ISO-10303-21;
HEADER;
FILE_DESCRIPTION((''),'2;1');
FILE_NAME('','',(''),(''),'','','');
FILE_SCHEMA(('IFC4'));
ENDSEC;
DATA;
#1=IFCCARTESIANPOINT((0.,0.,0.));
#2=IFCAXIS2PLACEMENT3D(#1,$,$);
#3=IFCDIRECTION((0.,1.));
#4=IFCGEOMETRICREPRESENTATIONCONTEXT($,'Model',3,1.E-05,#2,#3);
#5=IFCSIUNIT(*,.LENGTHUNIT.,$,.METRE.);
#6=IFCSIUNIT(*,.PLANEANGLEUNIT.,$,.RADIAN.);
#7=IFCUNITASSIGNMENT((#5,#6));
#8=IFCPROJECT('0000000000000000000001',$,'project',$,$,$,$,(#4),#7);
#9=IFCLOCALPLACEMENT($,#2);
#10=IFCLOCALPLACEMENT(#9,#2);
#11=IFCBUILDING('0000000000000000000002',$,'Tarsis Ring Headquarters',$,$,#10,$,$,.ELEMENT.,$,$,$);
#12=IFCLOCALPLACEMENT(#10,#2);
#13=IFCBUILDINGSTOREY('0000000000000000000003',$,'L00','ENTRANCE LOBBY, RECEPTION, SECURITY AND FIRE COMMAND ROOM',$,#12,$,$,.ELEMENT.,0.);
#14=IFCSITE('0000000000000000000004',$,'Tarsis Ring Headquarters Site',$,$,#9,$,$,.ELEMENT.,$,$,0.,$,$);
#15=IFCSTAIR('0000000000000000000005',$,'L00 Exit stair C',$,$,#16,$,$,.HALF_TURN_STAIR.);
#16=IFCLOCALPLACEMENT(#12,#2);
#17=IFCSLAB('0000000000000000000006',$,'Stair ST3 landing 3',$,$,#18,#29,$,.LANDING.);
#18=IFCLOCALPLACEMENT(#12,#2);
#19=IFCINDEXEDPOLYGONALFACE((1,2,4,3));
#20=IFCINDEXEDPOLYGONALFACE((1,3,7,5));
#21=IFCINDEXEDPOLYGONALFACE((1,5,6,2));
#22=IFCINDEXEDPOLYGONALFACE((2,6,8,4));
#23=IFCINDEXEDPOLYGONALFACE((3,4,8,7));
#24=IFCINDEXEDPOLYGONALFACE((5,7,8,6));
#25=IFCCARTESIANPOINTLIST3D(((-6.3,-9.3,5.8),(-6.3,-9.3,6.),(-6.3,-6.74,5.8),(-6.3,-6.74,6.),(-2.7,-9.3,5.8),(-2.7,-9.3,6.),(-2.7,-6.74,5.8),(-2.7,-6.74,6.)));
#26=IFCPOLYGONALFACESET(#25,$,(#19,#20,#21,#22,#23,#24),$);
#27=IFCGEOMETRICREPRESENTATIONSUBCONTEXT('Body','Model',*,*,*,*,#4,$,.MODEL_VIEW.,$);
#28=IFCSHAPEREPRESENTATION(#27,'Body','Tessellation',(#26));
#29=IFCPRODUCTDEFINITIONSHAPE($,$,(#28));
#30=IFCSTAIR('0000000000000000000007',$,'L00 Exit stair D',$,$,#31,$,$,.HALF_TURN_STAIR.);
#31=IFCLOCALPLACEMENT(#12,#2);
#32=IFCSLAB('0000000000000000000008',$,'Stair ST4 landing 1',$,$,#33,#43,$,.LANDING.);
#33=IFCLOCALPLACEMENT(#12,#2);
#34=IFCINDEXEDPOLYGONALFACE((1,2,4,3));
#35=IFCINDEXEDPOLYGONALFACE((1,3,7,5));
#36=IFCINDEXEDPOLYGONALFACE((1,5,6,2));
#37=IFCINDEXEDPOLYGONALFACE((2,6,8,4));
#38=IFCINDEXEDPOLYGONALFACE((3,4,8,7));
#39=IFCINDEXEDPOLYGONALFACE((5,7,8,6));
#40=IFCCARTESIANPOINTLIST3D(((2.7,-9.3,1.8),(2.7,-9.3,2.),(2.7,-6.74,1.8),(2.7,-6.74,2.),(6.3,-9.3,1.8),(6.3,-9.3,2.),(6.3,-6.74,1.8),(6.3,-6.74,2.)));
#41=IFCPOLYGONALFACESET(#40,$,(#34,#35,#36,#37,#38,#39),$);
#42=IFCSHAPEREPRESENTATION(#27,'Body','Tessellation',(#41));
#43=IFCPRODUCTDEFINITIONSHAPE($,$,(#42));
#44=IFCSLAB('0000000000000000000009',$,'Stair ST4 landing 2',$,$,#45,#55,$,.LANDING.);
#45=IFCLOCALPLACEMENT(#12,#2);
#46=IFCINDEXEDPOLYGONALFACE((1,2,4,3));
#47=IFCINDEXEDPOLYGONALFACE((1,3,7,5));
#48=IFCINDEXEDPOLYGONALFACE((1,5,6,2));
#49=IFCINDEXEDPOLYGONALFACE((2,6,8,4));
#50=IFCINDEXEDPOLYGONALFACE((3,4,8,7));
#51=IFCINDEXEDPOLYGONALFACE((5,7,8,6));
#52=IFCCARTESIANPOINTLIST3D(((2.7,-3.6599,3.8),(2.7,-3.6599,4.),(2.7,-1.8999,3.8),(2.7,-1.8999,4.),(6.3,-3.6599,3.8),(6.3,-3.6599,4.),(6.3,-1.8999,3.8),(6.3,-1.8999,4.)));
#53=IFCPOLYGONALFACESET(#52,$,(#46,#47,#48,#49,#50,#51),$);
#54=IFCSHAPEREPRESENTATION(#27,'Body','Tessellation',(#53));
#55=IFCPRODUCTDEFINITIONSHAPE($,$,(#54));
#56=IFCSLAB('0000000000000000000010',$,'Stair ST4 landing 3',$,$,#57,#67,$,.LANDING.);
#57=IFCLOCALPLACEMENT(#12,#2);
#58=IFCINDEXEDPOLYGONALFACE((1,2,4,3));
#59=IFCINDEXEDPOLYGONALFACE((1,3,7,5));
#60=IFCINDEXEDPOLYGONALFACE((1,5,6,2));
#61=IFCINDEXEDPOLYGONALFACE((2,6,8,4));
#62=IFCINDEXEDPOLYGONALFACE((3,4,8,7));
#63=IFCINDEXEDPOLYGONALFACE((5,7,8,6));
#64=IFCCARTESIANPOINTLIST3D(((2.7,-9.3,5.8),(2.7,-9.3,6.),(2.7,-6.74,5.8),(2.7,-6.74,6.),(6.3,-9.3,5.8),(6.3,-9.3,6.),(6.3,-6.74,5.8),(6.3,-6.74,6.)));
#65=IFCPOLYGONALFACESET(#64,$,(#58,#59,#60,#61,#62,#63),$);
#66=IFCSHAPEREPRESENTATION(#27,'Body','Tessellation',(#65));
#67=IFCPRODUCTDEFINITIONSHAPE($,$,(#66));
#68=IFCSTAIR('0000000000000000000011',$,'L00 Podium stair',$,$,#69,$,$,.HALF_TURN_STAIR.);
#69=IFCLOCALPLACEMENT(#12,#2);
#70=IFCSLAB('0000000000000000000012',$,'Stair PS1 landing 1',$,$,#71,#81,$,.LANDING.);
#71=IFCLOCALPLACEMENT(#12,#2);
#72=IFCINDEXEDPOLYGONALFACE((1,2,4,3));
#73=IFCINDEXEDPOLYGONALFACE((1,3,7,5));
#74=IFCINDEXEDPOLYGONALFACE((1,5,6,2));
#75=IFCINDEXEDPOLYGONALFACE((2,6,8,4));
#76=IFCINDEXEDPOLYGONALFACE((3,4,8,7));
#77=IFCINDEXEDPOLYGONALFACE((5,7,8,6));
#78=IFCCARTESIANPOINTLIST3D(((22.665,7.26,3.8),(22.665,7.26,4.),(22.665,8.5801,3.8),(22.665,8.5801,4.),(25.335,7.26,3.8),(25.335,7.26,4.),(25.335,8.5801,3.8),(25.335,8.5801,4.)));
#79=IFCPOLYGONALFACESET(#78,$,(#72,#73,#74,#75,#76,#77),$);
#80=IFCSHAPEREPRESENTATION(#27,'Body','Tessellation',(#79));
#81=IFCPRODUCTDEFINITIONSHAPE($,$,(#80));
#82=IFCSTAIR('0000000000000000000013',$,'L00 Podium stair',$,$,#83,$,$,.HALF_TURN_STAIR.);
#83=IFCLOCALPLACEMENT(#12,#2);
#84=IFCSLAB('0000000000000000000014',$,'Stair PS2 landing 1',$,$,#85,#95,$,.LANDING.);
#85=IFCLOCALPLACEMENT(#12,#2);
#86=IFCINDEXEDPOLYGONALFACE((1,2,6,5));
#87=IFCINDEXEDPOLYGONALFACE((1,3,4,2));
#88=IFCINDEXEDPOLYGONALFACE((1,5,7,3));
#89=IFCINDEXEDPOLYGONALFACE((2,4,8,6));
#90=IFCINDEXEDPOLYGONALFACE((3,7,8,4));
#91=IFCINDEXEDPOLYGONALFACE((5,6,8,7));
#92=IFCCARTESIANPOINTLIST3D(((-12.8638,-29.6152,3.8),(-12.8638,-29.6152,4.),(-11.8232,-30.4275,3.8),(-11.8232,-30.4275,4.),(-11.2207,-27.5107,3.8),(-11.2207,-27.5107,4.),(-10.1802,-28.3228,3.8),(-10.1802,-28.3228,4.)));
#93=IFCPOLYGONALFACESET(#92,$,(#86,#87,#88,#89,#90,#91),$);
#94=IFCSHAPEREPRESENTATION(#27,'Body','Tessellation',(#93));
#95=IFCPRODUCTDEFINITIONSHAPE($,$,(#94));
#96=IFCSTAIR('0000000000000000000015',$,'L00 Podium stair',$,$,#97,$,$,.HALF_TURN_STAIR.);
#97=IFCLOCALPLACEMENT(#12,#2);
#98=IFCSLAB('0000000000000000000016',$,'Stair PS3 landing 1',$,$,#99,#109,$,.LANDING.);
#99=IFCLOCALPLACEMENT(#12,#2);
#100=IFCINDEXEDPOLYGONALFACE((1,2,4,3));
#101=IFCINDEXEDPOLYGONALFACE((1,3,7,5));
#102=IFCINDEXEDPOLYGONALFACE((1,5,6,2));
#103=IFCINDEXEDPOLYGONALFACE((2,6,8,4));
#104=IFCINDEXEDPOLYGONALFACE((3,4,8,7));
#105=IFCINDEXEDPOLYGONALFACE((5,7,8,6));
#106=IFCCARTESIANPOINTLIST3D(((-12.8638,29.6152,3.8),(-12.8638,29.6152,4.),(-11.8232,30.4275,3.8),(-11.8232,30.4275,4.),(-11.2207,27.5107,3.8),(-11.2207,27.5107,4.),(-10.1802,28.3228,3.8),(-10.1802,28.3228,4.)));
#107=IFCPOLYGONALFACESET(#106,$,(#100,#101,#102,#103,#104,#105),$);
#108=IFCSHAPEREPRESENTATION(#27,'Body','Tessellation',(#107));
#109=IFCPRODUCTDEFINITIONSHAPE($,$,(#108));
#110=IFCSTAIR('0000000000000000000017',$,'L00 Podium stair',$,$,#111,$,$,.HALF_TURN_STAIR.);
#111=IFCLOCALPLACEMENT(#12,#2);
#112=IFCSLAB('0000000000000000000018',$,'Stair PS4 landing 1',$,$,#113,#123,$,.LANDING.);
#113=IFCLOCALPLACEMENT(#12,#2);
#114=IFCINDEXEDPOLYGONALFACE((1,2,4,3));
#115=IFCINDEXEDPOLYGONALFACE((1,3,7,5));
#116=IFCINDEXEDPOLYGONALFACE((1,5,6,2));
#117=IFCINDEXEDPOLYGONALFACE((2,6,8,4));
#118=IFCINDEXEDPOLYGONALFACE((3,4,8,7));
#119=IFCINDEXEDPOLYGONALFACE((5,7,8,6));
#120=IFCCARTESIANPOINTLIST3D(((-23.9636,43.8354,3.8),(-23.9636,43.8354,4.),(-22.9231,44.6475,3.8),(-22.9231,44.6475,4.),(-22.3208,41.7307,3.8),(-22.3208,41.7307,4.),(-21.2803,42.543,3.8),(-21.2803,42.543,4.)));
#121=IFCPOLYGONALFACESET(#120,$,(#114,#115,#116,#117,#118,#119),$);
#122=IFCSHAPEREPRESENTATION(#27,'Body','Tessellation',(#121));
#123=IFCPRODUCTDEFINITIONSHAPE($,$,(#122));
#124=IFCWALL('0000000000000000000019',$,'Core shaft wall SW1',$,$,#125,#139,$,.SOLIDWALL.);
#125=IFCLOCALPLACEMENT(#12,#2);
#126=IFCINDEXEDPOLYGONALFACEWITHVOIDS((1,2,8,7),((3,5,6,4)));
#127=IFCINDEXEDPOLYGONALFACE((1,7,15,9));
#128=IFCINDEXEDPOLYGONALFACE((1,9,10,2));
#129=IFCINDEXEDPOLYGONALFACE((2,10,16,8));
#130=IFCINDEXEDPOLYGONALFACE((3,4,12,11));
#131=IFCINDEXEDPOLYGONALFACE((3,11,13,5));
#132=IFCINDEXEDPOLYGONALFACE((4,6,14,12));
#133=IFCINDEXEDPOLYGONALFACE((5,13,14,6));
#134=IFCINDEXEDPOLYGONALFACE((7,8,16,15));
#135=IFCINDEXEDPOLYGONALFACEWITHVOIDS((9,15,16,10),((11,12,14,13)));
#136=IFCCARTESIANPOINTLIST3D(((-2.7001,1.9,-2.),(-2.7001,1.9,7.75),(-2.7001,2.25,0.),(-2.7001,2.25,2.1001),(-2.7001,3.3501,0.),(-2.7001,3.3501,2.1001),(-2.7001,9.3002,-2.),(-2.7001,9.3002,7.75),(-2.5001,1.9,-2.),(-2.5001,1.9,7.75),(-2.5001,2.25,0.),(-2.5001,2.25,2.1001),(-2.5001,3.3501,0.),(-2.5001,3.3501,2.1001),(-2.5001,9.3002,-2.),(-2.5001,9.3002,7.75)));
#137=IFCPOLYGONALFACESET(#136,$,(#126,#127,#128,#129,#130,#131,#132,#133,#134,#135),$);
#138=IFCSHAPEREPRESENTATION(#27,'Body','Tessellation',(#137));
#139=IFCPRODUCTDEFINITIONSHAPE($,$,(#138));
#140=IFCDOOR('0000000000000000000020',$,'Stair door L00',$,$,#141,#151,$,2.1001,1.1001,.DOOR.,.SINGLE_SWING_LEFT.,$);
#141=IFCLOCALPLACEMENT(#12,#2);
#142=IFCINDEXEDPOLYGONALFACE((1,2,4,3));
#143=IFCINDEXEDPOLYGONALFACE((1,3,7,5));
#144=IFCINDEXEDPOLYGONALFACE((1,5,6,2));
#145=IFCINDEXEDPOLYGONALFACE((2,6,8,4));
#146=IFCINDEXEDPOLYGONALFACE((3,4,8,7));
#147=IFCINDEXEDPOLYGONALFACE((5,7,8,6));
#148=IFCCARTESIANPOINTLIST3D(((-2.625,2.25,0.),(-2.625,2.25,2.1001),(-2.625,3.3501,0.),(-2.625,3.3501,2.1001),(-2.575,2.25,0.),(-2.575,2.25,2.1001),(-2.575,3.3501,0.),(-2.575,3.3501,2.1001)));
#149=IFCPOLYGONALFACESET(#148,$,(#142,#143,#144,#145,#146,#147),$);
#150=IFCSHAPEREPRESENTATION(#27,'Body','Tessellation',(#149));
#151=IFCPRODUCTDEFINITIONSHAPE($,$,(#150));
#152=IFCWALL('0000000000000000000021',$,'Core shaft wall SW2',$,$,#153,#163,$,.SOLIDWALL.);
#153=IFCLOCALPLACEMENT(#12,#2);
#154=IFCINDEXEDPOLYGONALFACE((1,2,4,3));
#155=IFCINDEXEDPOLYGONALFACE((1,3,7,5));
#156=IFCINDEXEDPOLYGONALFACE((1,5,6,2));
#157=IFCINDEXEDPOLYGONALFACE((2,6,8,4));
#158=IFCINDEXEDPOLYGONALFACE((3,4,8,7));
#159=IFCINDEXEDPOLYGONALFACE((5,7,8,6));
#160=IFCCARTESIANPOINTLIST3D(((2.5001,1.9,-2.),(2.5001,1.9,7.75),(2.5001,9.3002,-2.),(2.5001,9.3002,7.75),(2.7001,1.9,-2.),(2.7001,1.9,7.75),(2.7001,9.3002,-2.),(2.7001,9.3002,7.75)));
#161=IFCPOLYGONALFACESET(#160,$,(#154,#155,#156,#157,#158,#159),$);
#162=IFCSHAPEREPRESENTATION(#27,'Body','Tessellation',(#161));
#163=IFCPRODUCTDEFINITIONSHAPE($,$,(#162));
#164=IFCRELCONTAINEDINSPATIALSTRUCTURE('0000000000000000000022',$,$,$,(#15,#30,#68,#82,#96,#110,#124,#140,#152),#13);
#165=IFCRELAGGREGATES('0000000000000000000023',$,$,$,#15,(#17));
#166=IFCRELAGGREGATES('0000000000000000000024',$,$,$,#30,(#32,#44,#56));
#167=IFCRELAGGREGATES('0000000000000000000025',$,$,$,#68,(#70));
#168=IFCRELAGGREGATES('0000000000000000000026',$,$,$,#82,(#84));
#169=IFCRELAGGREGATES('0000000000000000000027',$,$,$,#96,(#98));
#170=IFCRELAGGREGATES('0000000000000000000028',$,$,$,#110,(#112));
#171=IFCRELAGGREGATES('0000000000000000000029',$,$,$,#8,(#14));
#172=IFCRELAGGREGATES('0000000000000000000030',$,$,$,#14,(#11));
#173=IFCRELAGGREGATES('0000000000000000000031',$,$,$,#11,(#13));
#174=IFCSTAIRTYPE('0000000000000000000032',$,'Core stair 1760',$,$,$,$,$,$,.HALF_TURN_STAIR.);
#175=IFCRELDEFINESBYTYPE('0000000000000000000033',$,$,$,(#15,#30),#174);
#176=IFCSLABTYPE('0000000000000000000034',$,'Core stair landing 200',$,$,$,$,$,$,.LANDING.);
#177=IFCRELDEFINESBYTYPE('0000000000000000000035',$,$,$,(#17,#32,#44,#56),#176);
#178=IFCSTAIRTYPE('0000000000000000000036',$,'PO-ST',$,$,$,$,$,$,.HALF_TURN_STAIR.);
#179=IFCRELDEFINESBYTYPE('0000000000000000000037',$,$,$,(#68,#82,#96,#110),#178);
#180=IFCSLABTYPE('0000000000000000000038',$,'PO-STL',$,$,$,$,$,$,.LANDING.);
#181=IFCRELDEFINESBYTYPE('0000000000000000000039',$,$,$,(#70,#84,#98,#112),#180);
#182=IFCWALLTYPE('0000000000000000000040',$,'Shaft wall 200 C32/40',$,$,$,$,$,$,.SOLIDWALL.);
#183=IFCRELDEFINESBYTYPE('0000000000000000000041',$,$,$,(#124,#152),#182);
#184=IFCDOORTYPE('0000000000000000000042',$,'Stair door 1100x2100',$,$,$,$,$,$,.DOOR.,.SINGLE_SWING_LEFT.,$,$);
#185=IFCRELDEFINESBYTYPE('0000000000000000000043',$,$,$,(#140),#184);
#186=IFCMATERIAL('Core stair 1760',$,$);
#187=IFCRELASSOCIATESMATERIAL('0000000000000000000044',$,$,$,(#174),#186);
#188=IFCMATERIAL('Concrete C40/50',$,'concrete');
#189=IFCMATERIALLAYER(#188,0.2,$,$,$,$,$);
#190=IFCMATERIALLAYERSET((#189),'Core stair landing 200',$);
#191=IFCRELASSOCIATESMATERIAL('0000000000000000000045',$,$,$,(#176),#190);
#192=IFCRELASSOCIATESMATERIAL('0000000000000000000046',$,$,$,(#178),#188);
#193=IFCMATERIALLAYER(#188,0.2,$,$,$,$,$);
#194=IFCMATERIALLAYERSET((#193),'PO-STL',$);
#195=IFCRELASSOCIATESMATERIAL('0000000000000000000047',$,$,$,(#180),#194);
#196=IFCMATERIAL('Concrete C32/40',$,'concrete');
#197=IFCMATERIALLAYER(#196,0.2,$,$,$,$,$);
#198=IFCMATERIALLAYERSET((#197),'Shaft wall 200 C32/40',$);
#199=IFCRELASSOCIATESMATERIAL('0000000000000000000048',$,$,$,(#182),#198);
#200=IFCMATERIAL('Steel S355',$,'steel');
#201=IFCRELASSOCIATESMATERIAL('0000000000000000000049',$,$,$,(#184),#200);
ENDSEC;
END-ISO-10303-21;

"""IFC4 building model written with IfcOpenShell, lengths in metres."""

from ifc_helpers import new_model, si_unit, direction, frame, frame_2d, origin, place, context, subcontext, project, spatial, polyline, rectangle, outline, extrude, material, layer, layer_set, type_object, element, fill, aggregate, save


model = new_model("IFC4")

# Units and contexts
model_context = context("Model", 3, precision=1e-05, world=origin(), true_north=direction((0.0, 1.0)))
body_context = subcontext(model_context, "Body", "Model", "MODEL_VIEW")
ifc_project = project(units=[si_unit("LENGTHUNIT", "METRE"), si_unit("PLANEANGLEUNIT", "RADIAN")], contexts=[model_context])

# Site, building, storey
site_placement = place(None, origin())
site = spatial("IfcSite", under=ifc_project, at=site_placement, Name="Tarsis Ring Headquarters Site", CompositionType="ELEMENT", RefElevation=0.0)
building_placement = place(site_placement, origin())
building = spatial("IfcBuilding", under=site, at=building_placement, Name="Tarsis Ring Headquarters", CompositionType="ELEMENT")
storey_placement = place(building_placement, origin())
storey = spatial("IfcBuildingStorey", under=building, at=storey_placement, Name="L00", Description="ENTRANCE LOBBY, RECEPTION, SECURITY AND FIRE COMMAND ROOM", CompositionType="ELEMENT", Elevation=0.0)

# Shared definitions
ifc_material_1 = material(Name="Concrete C40/50", Category="concrete")

# Stairs, slabs
ifc_material_2 = material(Name="Core stair 1760")
stair_type_1 = type_object("IfcStairType", Name="Core stair 1760", PredefinedType="HALF_TURN_STAIR", material=ifc_material_2)
stair_1_placement = place(storey_placement, origin())
stair_1 = element("IfcStair", 1, at=stair_1_placement, inside=storey, type_object=stair_type_1, Name="L00 Exit stair C", PredefinedType="HALF_TURN_STAIR")
ifc_layer_1 = layer(ifc_material_1, 0.2)
ifc_layer_set_1 = layer_set([ifc_layer_1], Name="Core stair landing 200")
slab_type_1 = type_object("IfcSlabType", Name="Core stair landing 200", PredefinedType="LANDING", material=ifc_layer_set_1)
slab_1_placement = place(storey_placement, frame((0.0, 0.0, 5.8)))
slab_1 = element("IfcSlab", 2, at=slab_1_placement, type_object=slab_type_1, Name="Stair ST3 landing 3", PredefinedType="LANDING", context=body_context, shape_type="SweptSolid", body=[
    extrude(outline(polyline([(-6.3, -6.74), (-6.3, -9.3), (-2.7, -9.3), (-2.7, -6.74), (-6.3, -6.74)])), origin(), (0.0, 0.0, 1.0), 0.2),
])
aggregate(stair_1, [slab_1])
stair_2_placement = place(storey_placement, origin())
stair_2 = element("IfcStair", 3, at=stair_2_placement, inside=storey, type_object=stair_type_1, Name="L00 Exit stair D", PredefinedType="HALF_TURN_STAIR")
slab_2_placement = place(storey_placement, frame((0.0, 0.0, 1.8)))
slab_2 = element("IfcSlab", 4, at=slab_2_placement, type_object=slab_type_1, Name="Stair ST4 landing 1", PredefinedType="LANDING", context=body_context, shape_type="SweptSolid", body=[
    extrude(outline(polyline([(2.7, -6.74), (2.7, -9.3), (6.3, -9.3), (6.3, -6.74), (2.7, -6.74)])), origin(), (0.0, 0.0, 1.0), 0.2),
])
slab_3_placement = place(storey_placement, frame((0.0, 0.0, 3.8)))
slab_3 = element("IfcSlab", 5, at=slab_3_placement, type_object=slab_type_1, Name="Stair ST4 landing 2", PredefinedType="LANDING", context=body_context, shape_type="SweptSolid", body=[
    extrude(outline(polyline([(2.7, -1.8999), (2.7, -3.6599), (6.3, -3.6599), (6.3, -1.8999), (2.7, -1.8999)])), origin(), (0.0, 0.0, 1.0), 0.2),
])
slab_4_placement = place(storey_placement, frame((0.0, 0.0, 5.8)))
slab_4 = element("IfcSlab", 6, at=slab_4_placement, type_object=slab_type_1, Name="Stair ST4 landing 3", PredefinedType="LANDING", context=body_context, shape_type="SweptSolid", body=[
    extrude(outline(polyline([(2.7, -6.74), (2.7, -9.3), (6.3, -9.3), (6.3, -6.74), (2.7, -6.74)])), origin(), (0.0, 0.0, 1.0), 0.2),
])
aggregate(stair_2, [slab_2, slab_3, slab_4])

# Stairs, slabs
stair_type_2 = type_object("IfcStairType", Name="PO-ST", PredefinedType="HALF_TURN_STAIR", material=ifc_material_1)
stair_3_placement = place(storey_placement, origin())
stair_3 = element("IfcStair", 7, at=stair_3_placement, inside=storey, type_object=stair_type_2, Name="L00 Podium stair", PredefinedType="HALF_TURN_STAIR")
ifc_layer_2 = layer(ifc_material_1, 0.2)
ifc_layer_set_2 = layer_set([ifc_layer_2], Name="PO-STL")
slab_type_2 = type_object("IfcSlabType", Name="PO-STL", PredefinedType="LANDING", material=ifc_layer_set_2)
slab_5_placement = place(storey_placement, frame((0.0, 0.0, 3.8)))
slab_5 = element("IfcSlab", 8, at=slab_5_placement, type_object=slab_type_2, Name="Stair PS1 landing 1", PredefinedType="LANDING", context=body_context, shape_type="SweptSolid", body=[
    extrude(outline(polyline([(25.335, 7.26), (25.335, 8.5801), (22.665, 8.5801), (22.665, 7.26), (25.335, 7.26)])), origin(), (0.0, 0.0, 1.0), 0.2),
])
aggregate(stair_3, [slab_5])
stair_4_placement = place(storey_placement, origin())
stair_4 = element("IfcStair", 9, at=stair_4_placement, inside=storey, type_object=stair_type_2, Name="L00 Podium stair", PredefinedType="HALF_TURN_STAIR")
slab_6_placement = place(storey_placement, frame((0.0, 0.0, 3.8)))
slab_6 = element("IfcSlab", 10, at=slab_6_placement, type_object=slab_type_2, Name="Stair PS2 landing 1", PredefinedType="LANDING", context=body_context, shape_type="SweptSolid", body=[
    extrude(outline(polyline([(-10.1802, -28.3228), (-11.2207, -27.5107), (-12.8638, -29.6152), (-11.8232, -30.4275), (-10.1802, -28.3228)])), origin(), (0.0, 0.0, 1.0), 0.2),
])
aggregate(stair_4, [slab_6])
stair_5_placement = place(storey_placement, origin())
stair_5 = element("IfcStair", 11, at=stair_5_placement, inside=storey, type_object=stair_type_2, Name="L00 Podium stair", PredefinedType="HALF_TURN_STAIR")
slab_7_placement = place(storey_placement, frame((0.0, 0.0, 3.8)))
slab_7 = element("IfcSlab", 12, at=slab_7_placement, type_object=slab_type_2, Name="Stair PS3 landing 1", PredefinedType="LANDING", context=body_context, shape_type="SweptSolid", body=[
    extrude(outline(polyline([(-11.8232, 30.4275), (-12.8638, 29.6152), (-11.2207, 27.5107), (-10.1802, 28.3228), (-11.8232, 30.4275)])), origin(), (0.0, 0.0, 1.0), 0.2),
])
aggregate(stair_5, [slab_7])
stair_6_placement = place(storey_placement, origin())
stair_6 = element("IfcStair", 13, at=stair_6_placement, inside=storey, type_object=stair_type_2, Name="L00 Podium stair", PredefinedType="HALF_TURN_STAIR")
slab_8_placement = place(storey_placement, frame((0.0, 0.0, 3.8)))
slab_8 = element("IfcSlab", 14, at=slab_8_placement, type_object=slab_type_2, Name="Stair PS4 landing 1", PredefinedType="LANDING", context=body_context, shape_type="SweptSolid", body=[
    extrude(outline(polyline([(-22.9231, 44.6475), (-23.9636, 43.8354), (-22.3208, 41.7307), (-21.2803, 42.543), (-22.9231, 44.6475)])), origin(), (0.0, 0.0, 1.0), 0.2),
])
aggregate(stair_6, [slab_8])

# Wall, opening, door
ifc_material_3 = material(Name="Concrete C32/40", Category="concrete")
ifc_layer_3 = layer(ifc_material_3, 0.2)
ifc_layer_set_3 = layer_set([ifc_layer_3], Name="Shaft wall 200 C32/40")
wall_type = type_object("IfcWallType", Name="Shaft wall 200 C32/40", PredefinedType="SOLIDWALL", material=ifc_layer_set_3)
wall_1_placement = place(storey_placement, frame((-2.6001, 1.8999, -2.0), z_axis=(0.0, 0.0, 1.0), x_axis=(0.0, 1.0, 0.0)))
wall_1 = element("IfcWall", 15, at=wall_1_placement, inside=storey, type_object=wall_type, Name="Core shaft wall SW1", PredefinedType="SOLIDWALL", context=body_context, shape_type="SweptSolid", body=[
    extrude(rectangle(XDim=7.4001, YDim=0.2, at=frame_2d((3.7002, 0.0))), origin(), (0.0, 0.0, 1.0), 9.75),
])
opening_1_placement = place(wall_1_placement, frame((0.3501, 0.0, 2.0)))
opening_1 = element("IfcOpeningElement", 16, at=opening_1_placement, cuts=wall_1, PredefinedType="OPENING", context=body_context, shape_type="SweptSolid", body=[
    extrude(rectangle(XDim=1.1001, YDim=2.1001, at=frame_2d((0.55, 1.05))), frame((0.0, 0.1099, 0.0), z_axis=(0.0, -1.0, 0.0), x_axis=(1.0, 0.0, 0.0)), (0.0, 0.0, 1.0), 0.22),
])
ifc_material_4 = material(Name="Steel S355", Category="steel")
door_type_1 = type_object("IfcDoorType", Name="Stair door 1100x2100", OperationType="SINGLE_SWING_LEFT", PredefinedType="DOOR", material=ifc_material_4)
door_1_placement = place(opening_1_placement, origin())
door_1 = element("IfcDoor", 17, at=door_1_placement, inside=storey, type_object=door_type_1, Name="Stair door L00", OperationType="SINGLE_SWING_LEFT", OverallHeight=2.1001, OverallWidth=1.1001, PredefinedType="DOOR", context=body_context, shape_type="SweptSolid", body=[
    extrude(rectangle(XDim=1.1001, YDim=2.1001, at=frame_2d((0.55, 1.05))), frame((0.0, 0.0249, 0.0), z_axis=(0.0, -1.0, 0.0), x_axis=(1.0, 0.0, 0.0)), (0.0, 0.0, 1.0), 0.05),
])
fill(opening_1, door_1)

# Wall
wall_2_placement = place(storey_placement, frame((2.6001, 1.8999, -2.0), z_axis=(0.0, 0.0, 1.0), x_axis=(0.0, 1.0, 0.0)))
element("IfcWall", 18, at=wall_2_placement, inside=storey, type_object=wall_type, Name="Core shaft wall SW2", PredefinedType="SOLIDWALL", context=body_context, shape_type="SweptSolid", body=[
    extrude(rectangle(XDim=7.4001, YDim=0.2, at=frame_2d((3.7002, 0.0))), origin(), (0.0, 0.0, 1.0), 9.75),
])

save(model, "model.ifc")
